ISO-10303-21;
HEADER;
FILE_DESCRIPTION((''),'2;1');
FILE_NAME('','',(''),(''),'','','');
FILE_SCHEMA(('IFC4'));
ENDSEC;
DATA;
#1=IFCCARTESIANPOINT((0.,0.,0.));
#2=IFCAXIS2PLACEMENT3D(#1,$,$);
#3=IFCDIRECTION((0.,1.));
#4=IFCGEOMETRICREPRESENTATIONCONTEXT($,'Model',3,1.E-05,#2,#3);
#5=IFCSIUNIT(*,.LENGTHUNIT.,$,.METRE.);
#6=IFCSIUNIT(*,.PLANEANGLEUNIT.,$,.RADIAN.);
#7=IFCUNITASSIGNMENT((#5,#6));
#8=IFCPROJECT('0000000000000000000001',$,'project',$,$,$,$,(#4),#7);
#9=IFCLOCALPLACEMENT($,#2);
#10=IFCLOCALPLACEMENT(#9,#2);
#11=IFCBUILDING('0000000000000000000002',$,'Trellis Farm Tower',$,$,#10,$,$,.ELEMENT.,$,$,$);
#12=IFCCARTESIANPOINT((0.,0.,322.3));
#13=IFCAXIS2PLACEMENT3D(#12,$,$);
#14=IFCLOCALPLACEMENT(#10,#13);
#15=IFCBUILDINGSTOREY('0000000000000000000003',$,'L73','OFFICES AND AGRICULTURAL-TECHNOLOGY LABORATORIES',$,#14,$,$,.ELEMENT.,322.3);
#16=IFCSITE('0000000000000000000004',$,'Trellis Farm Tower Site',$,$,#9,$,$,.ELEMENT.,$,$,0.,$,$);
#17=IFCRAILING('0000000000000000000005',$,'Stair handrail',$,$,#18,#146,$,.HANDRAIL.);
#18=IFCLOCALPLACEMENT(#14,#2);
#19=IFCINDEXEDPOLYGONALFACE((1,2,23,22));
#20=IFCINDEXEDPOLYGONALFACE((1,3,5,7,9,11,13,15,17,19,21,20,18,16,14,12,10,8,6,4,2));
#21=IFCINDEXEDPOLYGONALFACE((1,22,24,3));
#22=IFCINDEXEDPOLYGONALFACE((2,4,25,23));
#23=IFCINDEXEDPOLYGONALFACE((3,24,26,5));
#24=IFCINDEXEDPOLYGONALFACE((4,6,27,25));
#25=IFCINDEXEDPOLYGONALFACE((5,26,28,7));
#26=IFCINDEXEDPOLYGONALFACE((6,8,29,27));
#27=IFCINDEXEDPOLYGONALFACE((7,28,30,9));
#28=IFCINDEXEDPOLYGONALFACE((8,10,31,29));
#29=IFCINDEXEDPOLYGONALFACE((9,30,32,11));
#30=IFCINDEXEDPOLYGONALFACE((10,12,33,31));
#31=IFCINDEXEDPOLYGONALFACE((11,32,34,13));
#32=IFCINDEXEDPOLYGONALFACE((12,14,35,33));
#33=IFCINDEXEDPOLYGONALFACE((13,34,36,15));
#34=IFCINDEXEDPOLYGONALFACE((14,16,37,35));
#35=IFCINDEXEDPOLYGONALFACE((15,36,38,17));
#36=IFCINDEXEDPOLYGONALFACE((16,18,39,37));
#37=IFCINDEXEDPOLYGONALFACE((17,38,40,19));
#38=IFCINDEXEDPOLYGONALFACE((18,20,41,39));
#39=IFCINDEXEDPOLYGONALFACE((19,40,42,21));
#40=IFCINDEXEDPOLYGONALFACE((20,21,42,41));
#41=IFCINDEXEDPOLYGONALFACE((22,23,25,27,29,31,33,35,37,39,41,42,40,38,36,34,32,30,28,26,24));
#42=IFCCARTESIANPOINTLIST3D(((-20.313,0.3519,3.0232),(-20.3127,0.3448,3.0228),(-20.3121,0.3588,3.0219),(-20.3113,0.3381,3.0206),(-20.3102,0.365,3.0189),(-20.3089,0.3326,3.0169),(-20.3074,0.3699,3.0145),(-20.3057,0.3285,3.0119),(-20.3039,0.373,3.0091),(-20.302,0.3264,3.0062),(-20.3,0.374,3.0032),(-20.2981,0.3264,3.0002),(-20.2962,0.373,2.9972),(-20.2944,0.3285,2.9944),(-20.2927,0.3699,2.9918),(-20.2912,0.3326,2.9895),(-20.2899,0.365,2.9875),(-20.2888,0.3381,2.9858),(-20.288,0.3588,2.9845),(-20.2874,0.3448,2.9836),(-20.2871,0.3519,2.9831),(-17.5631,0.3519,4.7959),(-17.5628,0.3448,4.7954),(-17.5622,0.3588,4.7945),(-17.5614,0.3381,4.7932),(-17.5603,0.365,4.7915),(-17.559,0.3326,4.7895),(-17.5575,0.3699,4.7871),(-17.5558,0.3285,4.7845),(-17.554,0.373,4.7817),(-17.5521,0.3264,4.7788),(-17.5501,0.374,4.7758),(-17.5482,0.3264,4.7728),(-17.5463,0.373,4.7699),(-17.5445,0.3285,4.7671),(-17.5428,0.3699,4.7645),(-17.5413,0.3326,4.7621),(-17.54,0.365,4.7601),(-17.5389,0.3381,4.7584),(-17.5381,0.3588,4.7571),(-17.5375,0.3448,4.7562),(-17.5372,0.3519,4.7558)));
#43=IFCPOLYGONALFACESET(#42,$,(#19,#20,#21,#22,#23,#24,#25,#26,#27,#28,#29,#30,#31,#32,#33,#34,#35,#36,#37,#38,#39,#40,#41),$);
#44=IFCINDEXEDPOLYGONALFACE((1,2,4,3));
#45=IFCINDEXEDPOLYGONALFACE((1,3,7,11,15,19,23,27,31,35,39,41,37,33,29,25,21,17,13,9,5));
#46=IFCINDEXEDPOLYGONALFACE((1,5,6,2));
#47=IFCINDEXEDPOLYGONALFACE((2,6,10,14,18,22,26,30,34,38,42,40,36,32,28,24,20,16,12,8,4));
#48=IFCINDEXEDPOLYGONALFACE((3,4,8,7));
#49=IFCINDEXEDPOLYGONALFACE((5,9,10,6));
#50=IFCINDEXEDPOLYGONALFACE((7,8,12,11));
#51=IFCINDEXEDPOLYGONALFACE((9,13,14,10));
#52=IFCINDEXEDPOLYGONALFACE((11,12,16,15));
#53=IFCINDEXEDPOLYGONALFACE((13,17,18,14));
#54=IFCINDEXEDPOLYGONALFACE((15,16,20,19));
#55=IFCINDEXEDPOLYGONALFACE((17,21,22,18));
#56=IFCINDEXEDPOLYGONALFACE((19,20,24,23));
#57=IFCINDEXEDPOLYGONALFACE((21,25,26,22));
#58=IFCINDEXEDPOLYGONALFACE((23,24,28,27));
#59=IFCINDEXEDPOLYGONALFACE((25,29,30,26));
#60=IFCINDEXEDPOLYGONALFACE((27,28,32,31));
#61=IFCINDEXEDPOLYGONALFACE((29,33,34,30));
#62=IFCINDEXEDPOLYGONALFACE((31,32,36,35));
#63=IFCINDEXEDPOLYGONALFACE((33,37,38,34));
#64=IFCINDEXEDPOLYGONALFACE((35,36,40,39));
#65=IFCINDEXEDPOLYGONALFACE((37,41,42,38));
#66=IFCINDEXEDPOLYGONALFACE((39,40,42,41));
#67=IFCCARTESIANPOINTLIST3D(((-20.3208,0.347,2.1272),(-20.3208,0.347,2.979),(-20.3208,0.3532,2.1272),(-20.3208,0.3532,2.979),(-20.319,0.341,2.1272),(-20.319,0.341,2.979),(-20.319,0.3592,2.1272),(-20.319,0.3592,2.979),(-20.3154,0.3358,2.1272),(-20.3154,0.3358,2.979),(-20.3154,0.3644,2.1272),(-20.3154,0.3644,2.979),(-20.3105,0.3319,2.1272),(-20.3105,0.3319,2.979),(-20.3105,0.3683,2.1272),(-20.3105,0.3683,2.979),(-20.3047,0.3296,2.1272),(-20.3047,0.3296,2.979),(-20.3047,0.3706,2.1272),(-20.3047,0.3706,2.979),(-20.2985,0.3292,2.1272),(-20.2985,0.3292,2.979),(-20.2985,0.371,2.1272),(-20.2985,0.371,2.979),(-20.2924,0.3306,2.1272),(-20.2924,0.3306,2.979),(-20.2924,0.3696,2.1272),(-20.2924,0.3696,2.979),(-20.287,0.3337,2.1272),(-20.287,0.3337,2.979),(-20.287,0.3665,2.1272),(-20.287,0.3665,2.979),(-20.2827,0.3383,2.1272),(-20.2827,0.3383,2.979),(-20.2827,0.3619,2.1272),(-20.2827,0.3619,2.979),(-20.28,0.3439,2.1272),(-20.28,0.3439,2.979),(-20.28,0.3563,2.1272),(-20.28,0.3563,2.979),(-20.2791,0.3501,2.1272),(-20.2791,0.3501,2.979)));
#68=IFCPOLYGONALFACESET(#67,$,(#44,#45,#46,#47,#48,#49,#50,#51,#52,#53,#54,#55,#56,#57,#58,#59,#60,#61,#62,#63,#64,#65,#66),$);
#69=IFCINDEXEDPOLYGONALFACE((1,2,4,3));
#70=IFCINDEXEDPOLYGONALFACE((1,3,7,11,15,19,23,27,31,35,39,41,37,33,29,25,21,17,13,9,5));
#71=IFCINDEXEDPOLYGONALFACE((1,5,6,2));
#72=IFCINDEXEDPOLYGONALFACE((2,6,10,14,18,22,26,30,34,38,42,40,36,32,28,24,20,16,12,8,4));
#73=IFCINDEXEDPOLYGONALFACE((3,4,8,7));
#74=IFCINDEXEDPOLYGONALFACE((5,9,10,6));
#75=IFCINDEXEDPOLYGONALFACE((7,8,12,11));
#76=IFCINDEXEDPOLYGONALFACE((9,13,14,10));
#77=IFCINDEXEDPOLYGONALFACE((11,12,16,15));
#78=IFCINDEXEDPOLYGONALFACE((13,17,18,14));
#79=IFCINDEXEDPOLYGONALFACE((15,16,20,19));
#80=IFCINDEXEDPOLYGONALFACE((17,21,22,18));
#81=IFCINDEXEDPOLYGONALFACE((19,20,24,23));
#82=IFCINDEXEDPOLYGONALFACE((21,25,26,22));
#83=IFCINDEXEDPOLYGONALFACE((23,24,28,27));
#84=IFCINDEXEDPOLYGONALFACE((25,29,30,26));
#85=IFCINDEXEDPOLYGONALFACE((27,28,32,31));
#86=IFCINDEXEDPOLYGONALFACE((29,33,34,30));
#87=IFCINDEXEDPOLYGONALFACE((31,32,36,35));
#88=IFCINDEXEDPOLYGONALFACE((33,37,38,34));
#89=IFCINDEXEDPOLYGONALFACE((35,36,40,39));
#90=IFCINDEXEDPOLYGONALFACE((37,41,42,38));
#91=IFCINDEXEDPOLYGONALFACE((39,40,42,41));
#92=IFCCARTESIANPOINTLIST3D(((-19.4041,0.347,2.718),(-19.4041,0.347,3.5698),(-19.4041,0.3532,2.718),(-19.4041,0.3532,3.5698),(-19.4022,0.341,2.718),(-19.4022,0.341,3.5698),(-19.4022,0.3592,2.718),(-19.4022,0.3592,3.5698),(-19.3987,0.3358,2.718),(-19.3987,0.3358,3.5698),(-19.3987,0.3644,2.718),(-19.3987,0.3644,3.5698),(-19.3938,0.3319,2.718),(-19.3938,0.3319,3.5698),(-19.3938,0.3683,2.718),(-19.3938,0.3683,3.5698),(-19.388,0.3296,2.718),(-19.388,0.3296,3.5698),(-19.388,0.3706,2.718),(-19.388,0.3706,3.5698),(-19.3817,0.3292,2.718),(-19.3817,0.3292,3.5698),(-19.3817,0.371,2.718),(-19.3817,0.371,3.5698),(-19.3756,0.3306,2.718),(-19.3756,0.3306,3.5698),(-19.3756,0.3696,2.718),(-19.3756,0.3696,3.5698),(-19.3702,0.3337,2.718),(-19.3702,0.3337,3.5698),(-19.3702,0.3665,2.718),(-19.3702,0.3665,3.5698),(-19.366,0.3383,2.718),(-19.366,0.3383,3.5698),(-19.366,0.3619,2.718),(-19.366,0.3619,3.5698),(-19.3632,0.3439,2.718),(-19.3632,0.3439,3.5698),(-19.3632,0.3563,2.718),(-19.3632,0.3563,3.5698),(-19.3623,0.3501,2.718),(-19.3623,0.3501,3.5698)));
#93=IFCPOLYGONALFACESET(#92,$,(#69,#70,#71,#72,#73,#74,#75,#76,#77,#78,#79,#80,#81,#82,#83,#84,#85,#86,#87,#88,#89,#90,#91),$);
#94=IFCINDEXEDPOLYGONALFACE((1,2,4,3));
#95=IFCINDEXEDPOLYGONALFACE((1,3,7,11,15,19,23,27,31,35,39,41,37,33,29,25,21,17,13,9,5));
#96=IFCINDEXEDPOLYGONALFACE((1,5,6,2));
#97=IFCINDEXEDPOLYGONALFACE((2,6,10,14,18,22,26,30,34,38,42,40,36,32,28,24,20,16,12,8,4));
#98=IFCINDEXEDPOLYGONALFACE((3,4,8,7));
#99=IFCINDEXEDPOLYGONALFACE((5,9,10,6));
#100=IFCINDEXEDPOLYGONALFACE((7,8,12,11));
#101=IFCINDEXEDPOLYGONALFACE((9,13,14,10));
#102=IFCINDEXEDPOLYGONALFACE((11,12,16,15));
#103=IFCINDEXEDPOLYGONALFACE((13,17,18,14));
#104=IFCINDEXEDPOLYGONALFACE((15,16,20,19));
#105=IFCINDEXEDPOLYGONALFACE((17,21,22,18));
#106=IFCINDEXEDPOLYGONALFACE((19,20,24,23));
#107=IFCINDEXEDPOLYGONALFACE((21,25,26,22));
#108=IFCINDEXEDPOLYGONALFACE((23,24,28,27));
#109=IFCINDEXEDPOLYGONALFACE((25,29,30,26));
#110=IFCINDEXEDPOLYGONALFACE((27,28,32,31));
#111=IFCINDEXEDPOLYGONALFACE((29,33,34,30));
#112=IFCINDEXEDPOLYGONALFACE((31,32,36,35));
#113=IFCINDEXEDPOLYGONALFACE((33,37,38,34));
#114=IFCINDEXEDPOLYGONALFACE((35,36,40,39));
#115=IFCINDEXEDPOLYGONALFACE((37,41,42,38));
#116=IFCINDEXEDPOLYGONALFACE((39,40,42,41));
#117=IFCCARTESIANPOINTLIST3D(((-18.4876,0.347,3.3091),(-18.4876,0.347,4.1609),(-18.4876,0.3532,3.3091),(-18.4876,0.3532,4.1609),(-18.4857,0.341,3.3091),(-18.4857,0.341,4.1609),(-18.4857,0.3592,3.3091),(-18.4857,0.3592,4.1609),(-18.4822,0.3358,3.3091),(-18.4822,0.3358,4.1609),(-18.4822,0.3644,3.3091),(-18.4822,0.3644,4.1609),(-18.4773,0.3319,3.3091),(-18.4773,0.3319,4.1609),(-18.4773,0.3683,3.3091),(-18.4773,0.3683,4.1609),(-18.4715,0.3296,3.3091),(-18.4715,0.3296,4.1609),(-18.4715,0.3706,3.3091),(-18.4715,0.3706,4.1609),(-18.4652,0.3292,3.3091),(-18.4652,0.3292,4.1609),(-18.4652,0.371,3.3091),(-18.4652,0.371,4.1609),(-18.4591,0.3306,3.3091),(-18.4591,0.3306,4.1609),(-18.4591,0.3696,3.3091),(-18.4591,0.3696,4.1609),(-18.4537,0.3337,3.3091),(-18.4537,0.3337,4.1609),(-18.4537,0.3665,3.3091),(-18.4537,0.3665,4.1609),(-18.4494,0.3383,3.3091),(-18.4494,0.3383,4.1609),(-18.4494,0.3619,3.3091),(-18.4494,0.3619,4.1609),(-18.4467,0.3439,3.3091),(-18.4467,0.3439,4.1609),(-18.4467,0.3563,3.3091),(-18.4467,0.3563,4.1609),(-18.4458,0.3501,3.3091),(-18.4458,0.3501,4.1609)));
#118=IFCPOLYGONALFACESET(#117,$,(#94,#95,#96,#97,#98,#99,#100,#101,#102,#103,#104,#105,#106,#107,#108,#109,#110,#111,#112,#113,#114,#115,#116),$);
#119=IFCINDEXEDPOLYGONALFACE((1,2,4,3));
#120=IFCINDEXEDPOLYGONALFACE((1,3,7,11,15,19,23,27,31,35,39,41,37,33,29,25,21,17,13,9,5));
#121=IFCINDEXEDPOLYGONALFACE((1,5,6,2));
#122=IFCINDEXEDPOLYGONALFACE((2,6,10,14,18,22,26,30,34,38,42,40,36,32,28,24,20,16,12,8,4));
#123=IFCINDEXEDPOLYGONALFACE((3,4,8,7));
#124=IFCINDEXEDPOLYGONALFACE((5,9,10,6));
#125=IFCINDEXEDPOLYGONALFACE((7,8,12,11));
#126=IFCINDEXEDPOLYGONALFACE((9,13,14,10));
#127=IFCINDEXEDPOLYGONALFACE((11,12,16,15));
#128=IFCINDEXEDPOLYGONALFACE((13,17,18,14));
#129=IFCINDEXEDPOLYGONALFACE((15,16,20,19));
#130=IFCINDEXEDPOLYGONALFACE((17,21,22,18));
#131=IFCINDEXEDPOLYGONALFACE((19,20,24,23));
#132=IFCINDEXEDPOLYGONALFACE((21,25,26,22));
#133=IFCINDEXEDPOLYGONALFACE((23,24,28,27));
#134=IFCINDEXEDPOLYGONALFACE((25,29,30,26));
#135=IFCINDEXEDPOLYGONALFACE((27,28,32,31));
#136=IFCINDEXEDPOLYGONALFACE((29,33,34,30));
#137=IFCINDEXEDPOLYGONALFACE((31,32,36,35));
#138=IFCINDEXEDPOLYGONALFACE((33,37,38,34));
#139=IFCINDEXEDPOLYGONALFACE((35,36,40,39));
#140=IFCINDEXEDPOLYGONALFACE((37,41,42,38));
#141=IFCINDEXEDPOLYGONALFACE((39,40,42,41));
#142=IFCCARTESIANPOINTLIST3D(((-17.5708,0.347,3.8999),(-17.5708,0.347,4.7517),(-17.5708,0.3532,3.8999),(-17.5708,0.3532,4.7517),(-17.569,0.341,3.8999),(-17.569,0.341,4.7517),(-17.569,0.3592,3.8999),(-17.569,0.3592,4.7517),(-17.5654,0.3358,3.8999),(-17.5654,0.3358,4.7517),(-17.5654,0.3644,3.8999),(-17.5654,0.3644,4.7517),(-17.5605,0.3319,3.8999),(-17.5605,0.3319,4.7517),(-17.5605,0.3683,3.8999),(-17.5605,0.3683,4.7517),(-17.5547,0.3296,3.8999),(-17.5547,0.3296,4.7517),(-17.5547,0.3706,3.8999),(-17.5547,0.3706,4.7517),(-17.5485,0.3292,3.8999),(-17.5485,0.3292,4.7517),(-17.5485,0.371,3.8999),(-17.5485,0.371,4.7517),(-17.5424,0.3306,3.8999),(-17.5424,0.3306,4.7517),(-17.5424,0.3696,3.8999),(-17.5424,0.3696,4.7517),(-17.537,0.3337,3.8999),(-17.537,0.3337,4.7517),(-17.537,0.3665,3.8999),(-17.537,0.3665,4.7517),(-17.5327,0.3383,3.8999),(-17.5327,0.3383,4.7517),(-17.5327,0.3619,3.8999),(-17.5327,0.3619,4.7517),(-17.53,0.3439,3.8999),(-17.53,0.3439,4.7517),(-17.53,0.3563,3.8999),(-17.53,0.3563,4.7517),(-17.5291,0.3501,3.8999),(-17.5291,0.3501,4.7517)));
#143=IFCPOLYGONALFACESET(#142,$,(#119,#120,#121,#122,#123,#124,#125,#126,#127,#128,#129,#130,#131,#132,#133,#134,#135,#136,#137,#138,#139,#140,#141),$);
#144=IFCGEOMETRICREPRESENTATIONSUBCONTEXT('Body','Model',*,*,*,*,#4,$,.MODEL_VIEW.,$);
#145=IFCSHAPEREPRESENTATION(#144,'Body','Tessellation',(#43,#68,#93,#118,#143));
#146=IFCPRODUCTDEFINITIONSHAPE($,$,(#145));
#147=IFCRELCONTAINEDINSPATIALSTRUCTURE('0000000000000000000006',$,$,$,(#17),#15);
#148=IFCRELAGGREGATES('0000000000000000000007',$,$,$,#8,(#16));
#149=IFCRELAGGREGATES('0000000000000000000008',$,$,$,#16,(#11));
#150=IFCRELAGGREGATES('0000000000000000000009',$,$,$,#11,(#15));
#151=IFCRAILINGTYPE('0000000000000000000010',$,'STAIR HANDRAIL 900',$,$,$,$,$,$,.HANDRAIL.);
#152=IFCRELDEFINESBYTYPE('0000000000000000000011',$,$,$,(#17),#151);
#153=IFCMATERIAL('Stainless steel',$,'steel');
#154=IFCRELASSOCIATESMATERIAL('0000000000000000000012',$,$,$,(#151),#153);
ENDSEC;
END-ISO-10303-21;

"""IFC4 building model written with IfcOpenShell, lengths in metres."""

from ifc_helpers import new_model, si_unit, direction, frame, origin, origin_2d, place, context, subcontext, project, spatial, circle, extrude, source, transform, mapped, material, type_object, element, save


model = new_model("IFC4")

# Units and contexts
model_context = context("Model", 3, precision=1e-05, world=origin(), true_north=direction((0.0, 1.0)))
body_context = subcontext(model_context, "Body", "Model", "MODEL_VIEW")
ifc_project = project(units=[si_unit("LENGTHUNIT", "METRE"), si_unit("PLANEANGLEUNIT", "RADIAN")], contexts=[model_context])

# Site, building, storey
site_placement = place(None, origin())
site = spatial("IfcSite", under=ifc_project, at=site_placement, Name="Trellis Farm Tower Site", CompositionType="ELEMENT", RefElevation=0.0)
building_placement = place(site_placement, origin())
building = spatial("IfcBuilding", under=site, at=building_placement, Name="Trellis Farm Tower", CompositionType="ELEMENT")
storey_placement = place(building_placement, frame((0.0, 0.0, 322.3)))
storey = spatial("IfcBuildingStorey", under=building, at=storey_placement, Name="L73", Description="OFFICES AND AGRICULTURAL-TECHNOLOGY LABORATORIES", CompositionType="ELEMENT", Elevation=322.3)

# Railing
ifc_material_1 = material(Name="Stainless steel", Category="steel")
railing_type = type_object("IfcRailingType", Name="STAIR HANDRAIL 900", PredefinedType="HANDRAIL", material=ifc_material_1)
shared_shape_1 = source(origin(), body_context, "Body", "SweptSolid", [
    extrude(circle(Radius=0.0239, at=origin_2d()), frame((0.0, 0.0, 0.876), z_axis=(0.840504, 0.0, 0.541806), x_axis=(0.0, 1.0, 0.0)), (0.0, 0.0, 1.0), 3.2717),
    extrude(circle(Radius=0.021, at=origin_2d()), origin(), (0.0, 0.0, 1.0), 0.8518),
    extrude(circle(Radius=0.021, at=origin_2d()), frame((0.9167, 0.0, 0.5908)), (0.0, 0.0, 1.0), 0.8518),
    extrude(circle(Radius=0.021, at=origin_2d()), frame((1.8333, 0.0, 1.1819)), (0.0, 0.0, 1.0), 0.8518),
    extrude(circle(Radius=0.021, at=origin_2d()), frame((2.75, 0.0, 1.7727)), (0.0, 0.0, 1.0), 0.8518),
])
for number, where, name in (
    (1, (-20.3, 0.3501, 2.1272), "Stair handrail"),
):
    element("IfcRailing", number, at=place(storey_placement, frame(where)), inside=storey, type_object=railing_type, Name=name, PredefinedType="HANDRAIL", context=body_context, shape_type="MappedRepresentation", body=[
        mapped(shared_shape_1, transform((0.0, 0.0, 0.0))),
    ])

save(model, "model.ifc")
